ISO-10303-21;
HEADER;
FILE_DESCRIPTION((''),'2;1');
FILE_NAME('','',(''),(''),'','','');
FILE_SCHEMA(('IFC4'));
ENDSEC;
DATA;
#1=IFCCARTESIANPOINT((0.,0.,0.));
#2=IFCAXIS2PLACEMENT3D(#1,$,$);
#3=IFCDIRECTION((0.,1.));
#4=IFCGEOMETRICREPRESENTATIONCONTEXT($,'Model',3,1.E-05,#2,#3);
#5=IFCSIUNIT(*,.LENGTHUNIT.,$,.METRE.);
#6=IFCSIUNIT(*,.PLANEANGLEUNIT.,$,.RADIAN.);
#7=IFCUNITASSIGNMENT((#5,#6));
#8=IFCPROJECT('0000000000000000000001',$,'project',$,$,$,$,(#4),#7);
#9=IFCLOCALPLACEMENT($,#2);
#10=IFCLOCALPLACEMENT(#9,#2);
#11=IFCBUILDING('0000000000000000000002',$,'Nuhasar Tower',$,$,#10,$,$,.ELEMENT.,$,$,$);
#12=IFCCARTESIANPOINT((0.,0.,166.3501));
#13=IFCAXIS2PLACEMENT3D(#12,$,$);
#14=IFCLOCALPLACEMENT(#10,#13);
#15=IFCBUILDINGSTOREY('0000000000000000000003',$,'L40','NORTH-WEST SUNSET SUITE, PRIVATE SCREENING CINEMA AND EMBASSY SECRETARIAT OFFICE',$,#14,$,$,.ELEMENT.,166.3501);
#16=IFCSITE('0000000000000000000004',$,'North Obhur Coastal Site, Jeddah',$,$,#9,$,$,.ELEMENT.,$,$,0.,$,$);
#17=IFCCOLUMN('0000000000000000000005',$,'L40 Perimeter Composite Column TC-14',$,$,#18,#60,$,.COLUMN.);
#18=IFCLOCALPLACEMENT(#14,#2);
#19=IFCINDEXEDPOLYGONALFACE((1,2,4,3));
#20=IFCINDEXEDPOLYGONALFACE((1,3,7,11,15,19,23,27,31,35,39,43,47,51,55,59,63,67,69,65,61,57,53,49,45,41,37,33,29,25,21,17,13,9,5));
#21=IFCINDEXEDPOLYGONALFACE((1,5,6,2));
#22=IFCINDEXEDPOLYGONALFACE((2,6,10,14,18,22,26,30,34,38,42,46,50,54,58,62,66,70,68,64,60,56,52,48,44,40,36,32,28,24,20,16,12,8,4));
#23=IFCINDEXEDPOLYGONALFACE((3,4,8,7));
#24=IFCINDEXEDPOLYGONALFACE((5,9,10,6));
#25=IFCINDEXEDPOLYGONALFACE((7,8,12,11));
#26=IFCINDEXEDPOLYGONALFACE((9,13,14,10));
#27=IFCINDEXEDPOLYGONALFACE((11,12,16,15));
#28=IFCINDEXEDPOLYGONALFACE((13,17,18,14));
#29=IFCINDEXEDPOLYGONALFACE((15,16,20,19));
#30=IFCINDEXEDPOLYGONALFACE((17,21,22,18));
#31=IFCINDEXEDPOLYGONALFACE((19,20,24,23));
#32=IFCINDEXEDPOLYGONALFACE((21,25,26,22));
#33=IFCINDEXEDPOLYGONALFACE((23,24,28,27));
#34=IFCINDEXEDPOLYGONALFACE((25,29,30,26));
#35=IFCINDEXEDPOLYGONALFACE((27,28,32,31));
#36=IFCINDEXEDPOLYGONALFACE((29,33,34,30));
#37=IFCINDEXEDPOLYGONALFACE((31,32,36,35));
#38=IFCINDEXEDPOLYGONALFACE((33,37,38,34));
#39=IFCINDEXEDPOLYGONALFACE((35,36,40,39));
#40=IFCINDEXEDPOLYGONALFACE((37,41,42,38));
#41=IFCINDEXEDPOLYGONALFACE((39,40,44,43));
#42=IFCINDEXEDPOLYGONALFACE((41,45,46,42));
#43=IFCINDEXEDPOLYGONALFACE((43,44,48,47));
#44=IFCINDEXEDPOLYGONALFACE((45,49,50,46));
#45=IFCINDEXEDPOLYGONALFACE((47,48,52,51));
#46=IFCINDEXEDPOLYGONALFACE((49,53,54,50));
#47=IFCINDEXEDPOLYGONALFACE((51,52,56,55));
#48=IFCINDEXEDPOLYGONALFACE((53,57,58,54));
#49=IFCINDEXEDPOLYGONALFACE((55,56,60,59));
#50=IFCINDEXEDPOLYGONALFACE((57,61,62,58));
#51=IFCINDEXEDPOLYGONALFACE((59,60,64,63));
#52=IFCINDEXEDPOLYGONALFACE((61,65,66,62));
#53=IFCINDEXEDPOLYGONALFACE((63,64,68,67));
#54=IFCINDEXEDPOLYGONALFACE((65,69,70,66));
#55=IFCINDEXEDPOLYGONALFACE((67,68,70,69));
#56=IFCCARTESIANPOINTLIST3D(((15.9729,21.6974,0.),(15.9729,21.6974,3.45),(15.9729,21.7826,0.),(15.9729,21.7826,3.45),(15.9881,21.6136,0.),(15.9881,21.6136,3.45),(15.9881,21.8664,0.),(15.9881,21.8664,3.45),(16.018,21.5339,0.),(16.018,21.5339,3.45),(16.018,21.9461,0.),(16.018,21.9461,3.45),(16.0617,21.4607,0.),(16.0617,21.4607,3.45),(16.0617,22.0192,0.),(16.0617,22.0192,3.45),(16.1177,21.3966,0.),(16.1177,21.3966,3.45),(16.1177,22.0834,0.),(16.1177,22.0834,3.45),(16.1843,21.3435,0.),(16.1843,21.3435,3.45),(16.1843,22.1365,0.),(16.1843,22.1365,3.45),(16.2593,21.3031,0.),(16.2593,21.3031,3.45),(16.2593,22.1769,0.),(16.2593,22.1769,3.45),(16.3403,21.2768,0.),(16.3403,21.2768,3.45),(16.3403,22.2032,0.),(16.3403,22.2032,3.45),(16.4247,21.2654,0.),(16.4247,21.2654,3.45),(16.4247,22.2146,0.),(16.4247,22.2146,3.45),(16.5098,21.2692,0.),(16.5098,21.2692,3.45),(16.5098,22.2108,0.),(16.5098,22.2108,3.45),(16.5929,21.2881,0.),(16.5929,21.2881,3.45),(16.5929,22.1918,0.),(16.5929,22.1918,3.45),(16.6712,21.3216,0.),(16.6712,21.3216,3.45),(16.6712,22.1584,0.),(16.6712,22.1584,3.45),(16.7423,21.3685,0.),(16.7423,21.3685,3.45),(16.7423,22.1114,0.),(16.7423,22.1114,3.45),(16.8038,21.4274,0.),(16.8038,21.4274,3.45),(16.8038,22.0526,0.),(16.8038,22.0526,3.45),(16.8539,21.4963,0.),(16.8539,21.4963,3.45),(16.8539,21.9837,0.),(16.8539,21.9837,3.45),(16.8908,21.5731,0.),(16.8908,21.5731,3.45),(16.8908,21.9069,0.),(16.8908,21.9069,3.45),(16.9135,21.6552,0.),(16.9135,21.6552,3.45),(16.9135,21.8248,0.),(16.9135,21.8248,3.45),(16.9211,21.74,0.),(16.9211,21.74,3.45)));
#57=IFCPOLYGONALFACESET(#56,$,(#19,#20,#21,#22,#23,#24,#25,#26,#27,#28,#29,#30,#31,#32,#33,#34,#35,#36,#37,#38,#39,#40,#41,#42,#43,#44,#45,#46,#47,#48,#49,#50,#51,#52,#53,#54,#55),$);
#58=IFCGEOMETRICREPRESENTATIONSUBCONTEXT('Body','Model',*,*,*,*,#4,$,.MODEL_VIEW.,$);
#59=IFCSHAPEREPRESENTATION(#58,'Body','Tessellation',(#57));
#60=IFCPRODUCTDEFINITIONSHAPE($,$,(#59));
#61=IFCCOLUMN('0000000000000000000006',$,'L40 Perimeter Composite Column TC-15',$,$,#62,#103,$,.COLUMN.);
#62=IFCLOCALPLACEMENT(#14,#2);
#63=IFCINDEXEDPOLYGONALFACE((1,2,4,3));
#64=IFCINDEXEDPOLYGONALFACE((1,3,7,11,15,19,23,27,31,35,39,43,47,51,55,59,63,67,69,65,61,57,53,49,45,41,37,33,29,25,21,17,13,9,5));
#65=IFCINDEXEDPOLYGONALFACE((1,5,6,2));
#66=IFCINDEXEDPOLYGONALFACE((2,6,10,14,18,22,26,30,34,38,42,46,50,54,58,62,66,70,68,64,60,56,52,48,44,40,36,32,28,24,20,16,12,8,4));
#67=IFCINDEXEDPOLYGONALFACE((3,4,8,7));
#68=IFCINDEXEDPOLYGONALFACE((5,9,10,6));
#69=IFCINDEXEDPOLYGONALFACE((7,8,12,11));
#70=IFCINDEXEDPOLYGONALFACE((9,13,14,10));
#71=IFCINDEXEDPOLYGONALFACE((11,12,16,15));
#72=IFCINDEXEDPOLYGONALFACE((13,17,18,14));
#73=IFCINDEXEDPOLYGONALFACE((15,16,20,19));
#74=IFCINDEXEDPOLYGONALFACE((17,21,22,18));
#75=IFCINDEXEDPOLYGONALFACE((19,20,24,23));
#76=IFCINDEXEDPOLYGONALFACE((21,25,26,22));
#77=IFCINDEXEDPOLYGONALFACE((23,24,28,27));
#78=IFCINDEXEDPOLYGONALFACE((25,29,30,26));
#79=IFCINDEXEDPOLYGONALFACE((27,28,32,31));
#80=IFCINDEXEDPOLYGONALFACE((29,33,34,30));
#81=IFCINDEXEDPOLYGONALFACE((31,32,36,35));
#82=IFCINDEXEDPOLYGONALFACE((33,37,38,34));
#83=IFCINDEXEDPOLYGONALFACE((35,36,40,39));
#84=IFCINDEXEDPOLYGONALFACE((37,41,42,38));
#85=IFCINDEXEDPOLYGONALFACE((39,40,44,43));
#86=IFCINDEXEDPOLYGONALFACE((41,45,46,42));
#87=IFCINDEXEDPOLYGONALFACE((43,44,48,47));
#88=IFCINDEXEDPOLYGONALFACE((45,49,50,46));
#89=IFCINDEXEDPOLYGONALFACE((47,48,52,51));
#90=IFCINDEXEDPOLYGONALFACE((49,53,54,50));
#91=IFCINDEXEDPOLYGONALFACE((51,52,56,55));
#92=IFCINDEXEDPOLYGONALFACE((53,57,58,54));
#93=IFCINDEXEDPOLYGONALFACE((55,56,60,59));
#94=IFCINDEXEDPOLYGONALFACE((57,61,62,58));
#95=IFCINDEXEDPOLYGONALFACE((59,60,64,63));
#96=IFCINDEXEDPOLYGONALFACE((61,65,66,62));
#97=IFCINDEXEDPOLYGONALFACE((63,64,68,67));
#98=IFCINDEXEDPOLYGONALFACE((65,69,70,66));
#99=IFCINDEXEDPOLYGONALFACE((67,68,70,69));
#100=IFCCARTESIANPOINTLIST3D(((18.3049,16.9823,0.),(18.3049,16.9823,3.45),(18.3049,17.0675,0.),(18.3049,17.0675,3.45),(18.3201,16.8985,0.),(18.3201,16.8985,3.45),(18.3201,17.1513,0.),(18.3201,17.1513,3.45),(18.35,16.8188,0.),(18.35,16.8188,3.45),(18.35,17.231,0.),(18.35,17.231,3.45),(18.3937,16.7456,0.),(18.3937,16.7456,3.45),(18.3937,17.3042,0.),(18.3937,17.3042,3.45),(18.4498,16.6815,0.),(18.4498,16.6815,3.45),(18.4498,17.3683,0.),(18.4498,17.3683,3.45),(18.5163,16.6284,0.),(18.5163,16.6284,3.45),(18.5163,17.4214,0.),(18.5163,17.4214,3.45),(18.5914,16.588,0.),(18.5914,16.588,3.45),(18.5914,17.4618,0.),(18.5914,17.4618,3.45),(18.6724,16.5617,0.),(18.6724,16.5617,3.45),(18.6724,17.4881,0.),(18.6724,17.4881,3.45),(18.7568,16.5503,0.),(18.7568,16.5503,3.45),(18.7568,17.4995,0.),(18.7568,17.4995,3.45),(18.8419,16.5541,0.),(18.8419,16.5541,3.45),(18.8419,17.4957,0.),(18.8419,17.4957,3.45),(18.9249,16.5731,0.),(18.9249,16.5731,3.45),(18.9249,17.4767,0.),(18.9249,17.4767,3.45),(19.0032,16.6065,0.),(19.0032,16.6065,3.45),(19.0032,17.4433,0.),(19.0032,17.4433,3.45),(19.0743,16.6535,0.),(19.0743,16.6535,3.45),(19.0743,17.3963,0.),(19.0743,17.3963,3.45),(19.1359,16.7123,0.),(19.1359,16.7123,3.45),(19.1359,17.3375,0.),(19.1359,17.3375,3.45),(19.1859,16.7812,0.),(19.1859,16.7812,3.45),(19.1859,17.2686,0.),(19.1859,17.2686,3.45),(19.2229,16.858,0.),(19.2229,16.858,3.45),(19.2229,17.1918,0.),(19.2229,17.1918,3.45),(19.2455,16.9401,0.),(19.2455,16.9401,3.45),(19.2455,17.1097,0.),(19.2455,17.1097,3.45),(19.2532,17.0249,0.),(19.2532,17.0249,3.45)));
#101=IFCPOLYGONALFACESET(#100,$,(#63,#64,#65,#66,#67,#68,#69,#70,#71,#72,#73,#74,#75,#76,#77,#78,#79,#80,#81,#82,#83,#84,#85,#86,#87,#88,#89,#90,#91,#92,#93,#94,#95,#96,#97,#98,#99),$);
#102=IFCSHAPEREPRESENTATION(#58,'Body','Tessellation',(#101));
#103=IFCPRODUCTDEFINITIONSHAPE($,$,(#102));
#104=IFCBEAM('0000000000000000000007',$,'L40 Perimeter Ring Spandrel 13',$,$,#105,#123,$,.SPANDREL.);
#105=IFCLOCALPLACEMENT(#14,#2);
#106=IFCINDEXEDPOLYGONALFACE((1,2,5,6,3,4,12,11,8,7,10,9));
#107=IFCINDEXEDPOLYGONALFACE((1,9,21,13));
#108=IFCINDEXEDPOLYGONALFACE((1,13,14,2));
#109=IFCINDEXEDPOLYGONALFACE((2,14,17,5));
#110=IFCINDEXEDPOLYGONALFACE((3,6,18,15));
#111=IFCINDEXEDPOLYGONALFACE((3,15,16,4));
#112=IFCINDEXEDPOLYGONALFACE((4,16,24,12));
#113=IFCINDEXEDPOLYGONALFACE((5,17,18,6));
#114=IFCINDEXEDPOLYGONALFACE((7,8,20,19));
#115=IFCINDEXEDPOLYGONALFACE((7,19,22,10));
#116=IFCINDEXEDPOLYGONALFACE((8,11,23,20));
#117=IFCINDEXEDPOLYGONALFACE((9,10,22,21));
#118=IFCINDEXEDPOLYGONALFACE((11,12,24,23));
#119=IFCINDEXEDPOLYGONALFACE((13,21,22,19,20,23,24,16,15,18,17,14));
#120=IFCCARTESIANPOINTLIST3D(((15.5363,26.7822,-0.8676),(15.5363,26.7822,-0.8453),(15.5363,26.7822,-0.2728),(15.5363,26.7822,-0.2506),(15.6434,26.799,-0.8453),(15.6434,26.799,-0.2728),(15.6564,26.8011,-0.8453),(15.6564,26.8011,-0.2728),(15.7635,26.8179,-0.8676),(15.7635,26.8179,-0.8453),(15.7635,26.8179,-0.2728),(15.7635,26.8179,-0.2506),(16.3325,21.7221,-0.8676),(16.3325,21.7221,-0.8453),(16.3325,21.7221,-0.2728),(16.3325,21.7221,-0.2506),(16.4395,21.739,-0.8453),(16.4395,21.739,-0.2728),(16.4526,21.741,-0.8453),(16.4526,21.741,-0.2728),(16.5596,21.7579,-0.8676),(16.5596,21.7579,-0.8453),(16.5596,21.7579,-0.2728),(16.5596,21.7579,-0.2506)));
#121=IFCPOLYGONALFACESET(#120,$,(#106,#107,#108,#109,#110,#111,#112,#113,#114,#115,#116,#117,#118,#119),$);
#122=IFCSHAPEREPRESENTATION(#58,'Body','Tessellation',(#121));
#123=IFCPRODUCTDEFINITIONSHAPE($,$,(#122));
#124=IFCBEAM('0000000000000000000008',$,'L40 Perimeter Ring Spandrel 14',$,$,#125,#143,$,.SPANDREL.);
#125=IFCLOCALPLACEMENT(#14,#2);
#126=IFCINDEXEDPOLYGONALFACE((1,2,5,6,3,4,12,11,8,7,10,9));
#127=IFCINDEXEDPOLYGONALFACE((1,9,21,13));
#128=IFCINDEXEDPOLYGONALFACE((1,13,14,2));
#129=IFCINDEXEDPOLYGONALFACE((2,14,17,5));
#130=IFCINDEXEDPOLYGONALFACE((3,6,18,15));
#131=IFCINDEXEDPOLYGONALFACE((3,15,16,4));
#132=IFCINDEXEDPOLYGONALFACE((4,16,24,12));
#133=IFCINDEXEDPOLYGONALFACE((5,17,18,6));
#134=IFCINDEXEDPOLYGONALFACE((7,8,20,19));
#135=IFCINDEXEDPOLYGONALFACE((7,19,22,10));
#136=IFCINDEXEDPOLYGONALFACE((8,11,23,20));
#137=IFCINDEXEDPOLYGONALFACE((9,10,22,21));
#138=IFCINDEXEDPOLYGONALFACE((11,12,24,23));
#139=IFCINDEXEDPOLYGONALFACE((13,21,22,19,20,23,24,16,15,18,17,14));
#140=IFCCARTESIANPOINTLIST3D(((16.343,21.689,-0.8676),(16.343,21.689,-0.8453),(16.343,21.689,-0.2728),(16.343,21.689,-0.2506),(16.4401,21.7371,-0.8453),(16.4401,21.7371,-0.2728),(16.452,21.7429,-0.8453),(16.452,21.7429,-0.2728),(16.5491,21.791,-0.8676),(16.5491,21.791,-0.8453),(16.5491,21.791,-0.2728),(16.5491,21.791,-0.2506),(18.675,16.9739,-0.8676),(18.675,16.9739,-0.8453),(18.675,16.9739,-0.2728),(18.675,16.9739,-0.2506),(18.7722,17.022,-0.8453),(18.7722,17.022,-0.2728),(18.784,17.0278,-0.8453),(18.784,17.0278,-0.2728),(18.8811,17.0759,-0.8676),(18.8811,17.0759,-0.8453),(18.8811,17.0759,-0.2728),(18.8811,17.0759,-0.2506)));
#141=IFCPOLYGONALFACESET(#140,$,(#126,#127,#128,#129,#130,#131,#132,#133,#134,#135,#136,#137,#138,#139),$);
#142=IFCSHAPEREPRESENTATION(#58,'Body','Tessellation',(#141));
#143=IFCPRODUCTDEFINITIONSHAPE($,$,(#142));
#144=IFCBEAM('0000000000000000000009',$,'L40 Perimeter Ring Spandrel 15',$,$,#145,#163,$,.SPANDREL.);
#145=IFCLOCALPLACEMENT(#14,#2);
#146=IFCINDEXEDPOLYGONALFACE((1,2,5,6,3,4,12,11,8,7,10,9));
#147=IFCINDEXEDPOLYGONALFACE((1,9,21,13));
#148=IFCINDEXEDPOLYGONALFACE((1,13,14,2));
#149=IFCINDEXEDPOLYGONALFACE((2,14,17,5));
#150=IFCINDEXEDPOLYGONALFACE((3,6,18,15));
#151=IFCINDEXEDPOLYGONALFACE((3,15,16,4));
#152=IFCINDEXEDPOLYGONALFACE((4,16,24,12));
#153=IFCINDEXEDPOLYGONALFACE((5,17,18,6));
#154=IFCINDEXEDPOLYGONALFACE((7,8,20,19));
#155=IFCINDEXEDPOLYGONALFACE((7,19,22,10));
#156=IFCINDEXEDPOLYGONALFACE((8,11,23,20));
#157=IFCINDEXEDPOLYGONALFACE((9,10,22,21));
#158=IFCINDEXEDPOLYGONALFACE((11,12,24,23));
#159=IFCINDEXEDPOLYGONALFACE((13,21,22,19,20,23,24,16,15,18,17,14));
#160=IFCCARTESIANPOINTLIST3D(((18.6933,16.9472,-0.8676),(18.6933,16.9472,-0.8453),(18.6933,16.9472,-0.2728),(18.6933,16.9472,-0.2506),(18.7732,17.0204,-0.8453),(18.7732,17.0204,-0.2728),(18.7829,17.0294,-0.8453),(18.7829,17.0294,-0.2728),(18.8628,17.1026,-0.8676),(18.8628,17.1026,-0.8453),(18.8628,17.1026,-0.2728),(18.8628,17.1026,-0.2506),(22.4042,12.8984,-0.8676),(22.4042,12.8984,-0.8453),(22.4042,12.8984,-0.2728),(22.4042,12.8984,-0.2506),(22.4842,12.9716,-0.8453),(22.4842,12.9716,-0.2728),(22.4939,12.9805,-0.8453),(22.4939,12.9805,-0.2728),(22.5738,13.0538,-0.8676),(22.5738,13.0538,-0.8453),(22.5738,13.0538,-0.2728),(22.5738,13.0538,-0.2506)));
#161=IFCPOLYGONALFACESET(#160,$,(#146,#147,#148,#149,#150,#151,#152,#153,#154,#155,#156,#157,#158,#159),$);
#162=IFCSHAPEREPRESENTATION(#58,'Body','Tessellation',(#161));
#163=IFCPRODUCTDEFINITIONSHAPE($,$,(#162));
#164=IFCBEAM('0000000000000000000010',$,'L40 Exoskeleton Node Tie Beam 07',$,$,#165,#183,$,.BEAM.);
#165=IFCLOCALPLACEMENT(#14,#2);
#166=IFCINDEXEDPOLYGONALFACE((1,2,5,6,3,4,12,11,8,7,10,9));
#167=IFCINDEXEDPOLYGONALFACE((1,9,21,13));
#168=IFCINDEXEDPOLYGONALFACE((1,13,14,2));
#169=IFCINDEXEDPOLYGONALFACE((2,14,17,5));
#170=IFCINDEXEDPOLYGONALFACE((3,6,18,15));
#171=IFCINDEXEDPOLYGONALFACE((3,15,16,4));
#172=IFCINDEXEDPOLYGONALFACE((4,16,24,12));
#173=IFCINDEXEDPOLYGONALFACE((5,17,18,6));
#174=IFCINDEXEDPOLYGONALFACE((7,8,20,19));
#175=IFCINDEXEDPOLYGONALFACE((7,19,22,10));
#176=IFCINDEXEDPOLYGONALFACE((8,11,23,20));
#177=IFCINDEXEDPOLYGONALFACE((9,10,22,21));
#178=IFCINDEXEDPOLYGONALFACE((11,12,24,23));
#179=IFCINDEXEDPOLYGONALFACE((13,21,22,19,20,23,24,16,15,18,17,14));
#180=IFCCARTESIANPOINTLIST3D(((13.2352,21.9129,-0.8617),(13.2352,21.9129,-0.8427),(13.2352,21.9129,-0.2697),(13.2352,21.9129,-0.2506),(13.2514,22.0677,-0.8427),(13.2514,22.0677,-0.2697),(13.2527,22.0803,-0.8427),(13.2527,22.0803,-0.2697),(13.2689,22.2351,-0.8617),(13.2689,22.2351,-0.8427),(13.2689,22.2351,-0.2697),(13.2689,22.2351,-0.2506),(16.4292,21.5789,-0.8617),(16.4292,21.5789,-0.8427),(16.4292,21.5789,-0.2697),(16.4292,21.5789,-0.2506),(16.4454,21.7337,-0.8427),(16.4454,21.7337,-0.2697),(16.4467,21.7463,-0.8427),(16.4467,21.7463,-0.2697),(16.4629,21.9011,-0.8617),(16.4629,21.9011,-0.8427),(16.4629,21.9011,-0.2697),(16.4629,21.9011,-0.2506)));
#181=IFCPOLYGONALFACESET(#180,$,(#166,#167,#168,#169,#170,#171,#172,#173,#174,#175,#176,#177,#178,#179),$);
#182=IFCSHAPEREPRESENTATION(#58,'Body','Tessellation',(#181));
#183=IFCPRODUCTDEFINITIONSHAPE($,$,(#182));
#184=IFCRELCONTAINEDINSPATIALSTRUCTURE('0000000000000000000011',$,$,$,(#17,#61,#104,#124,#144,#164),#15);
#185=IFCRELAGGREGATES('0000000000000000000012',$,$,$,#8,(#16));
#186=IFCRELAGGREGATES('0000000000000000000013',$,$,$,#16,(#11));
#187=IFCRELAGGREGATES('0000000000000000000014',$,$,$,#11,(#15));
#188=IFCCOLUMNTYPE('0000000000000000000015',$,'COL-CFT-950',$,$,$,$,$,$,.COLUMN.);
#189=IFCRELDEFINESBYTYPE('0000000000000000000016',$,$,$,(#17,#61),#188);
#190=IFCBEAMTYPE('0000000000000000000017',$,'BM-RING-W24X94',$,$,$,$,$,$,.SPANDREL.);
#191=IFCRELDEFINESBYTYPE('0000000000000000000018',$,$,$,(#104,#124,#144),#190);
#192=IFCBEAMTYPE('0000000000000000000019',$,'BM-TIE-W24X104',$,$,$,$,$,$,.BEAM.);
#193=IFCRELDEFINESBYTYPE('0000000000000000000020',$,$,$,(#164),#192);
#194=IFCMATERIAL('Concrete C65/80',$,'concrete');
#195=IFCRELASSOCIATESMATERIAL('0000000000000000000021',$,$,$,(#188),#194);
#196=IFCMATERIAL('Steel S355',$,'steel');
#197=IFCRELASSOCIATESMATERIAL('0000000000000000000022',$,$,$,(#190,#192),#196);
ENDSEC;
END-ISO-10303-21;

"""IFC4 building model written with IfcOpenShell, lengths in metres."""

from ifc_helpers import new_model, si_unit, direction, frame, origin, origin_2d, place, context, subcontext, project, spatial, circle, i_section, extrude, material, material_profile, profile_set, type_object, element, save


model = new_model("IFC4")

# Units and contexts
model_context = context("Model", 3, precision=1e-05, world=origin(), true_north=direction((0.0, 1.0)))
body_context = subcontext(model_context, "Body", "Model", "MODEL_VIEW")
ifc_project = project(units=[si_unit("LENGTHUNIT", "METRE"), si_unit("PLANEANGLEUNIT", "RADIAN")], contexts=[model_context])

# Site, building, storey
site_placement = place(None, origin())
site = spatial("IfcSite", under=ifc_project, at=site_placement, Name="North Obhur Coastal Site, Jeddah", CompositionType="ELEMENT", RefElevation=0.0)
building_placement = place(site_placement, origin())
building = spatial("IfcBuilding", under=site, at=building_placement, Name="Nuhasar Tower", CompositionType="ELEMENT")
storey_placement = place(building_placement, frame((0.0, 0.0, 166.3501)))
storey = spatial("IfcBuildingStorey", under=building, at=storey_placement, Name="L40", Description="NORTH-WEST SUNSET SUITE, PRIVATE SCREENING CINEMA AND EMBASSY SECRETARIAT OFFICE", CompositionType="ELEMENT", Elevation=166.3501)

# Columns
ifc_material_1 = material(Name="Concrete C65/80", Category="concrete")
ifc_material_profile_1 = material_profile(ifc_material_1, circle(Radius=0.4751, at=origin_2d()), Name="CFT950")
ifc_profile_set_1 = profile_set([ifc_material_profile_1], Name="Concrete C65/80")
column_type = type_object("IfcColumnType", Name="COL-CFT-950", PredefinedType="COLUMN", material=ifc_profile_set_1)
for number, where, z_axis, x_axis, name in (
    (1, (16.446, 21.74, 0.0), (0.0, 0.0, 1.0), (1.0, 0.0, 0.0), "L40 Perimeter Composite Column TC-14"),
    (2, (18.7781, 17.0249, 0.0), (0.0, 0.0, 1.0), (1.0, 0.0, 0.0), "L40 Perimeter Composite Column TC-15"),
):
    element("IfcColumn", number, at=place(storey_placement, frame(where, z_axis=z_axis, x_axis=x_axis)), inside=storey, type_object=column_type, Name=name, PredefinedType="COLUMN", context=body_context, shape_type="SweptSolid", body=[
        extrude(circle(Radius=0.4751, at=origin_2d()), origin(), (0.0, 0.0, 1.0), 3.45),
    ])

# Beams
ifc_material_2 = material(Name="Steel S355", Category="steel")
ifc_material_profile_2 = material_profile(ifc_material_2, i_section(OverallWidth=0.23, OverallDepth=0.6169, WebThickness=0.0132, FlangeThickness=0.0222, at=origin_2d()), Name="W24X94")
ifc_profile_set_2 = profile_set([ifc_material_profile_2], Name="Steel S355")
beam_type_1 = type_object("IfcBeamType", Name="BM-RING-W24X94", PredefinedType="SPANDREL", material=ifc_profile_set_2)
beam_1_placement = place(storey_placement, frame((15.6499, 26.8, -0.5591), z_axis=(0.155427, -0.987847, 0.0), x_axis=(0.987847, 0.155427, 0.0)))
element("IfcBeam", 3, at=beam_1_placement, inside=storey, type_object=beam_type_1, Name="L40 Perimeter Ring Spandrel 13", PredefinedType="SPANDREL", context=body_context, shape_type="SweptSolid", body=[
    extrude(i_section(OverallWidth=0.23, OverallDepth=0.6169, WebThickness=0.0132, FlangeThickness=0.0222, at=origin_2d()), origin(), (0.0, 0.0, 1.0), 5.1223),
])
beam_2_placement = place(storey_placement, frame((16.446, 21.74, -0.5591), z_axis=(0.443329, -0.896359, 0.0), x_axis=(0.896359, 0.443329, 0.0)))
element("IfcBeam", 4, at=beam_2_placement, inside=storey, type_object=beam_type_1, Name="L40 Perimeter Ring Spandrel 14", PredefinedType="SPANDREL", context=body_context, shape_type="SweptSolid", body=[
    extrude(i_section(OverallWidth=0.23, OverallDepth=0.6169, WebThickness=0.0132, FlangeThickness=0.0222, at=origin_2d()), origin(), (0.0, 0.0, 1.0), 5.2603),
])
beam_3_placement = place(storey_placement, frame((18.7781, 17.0249, -0.5591), z_axis=(0.675676, -0.737198, 0.0), x_axis=(0.737198, 0.675676, 0.0)))
element("IfcBeam", 5, at=beam_3_placement, inside=storey, type_object=beam_type_1, Name="L40 Perimeter Ring Spandrel 15", PredefinedType="SPANDREL", context=body_context, shape_type="SweptSolid", body=[
    extrude(i_section(OverallWidth=0.23, OverallDepth=0.6169, WebThickness=0.0132, FlangeThickness=0.0222, at=origin_2d()), origin(), (0.0, 0.0, 1.0), 5.4922),
])
ifc_material_profile_3 = material_profile(ifc_material_2, i_section(OverallWidth=0.324, OverallDepth=0.6111, WebThickness=0.0127, FlangeThickness=0.019, at=origin_2d()), Name="W24X104")
ifc_profile_set_3 = profile_set([ifc_material_profile_3], Name="Steel S355")
beam_type_2 = type_object("IfcBeamType", Name="BM-TIE-W24X104", PredefinedType="BEAM", material=ifc_profile_set_3)
beam_4_placement = place(storey_placement, frame((16.446, 21.74, -0.5562), z_axis=(-0.994578, 0.103996, 0.0), x_axis=(-0.103996, -0.994578, 0.0)))
element("IfcBeam", 6, at=beam_4_placement, inside=storey, type_object=beam_type_2, Name="L40 Exoskeleton Node Tie Beam 07", PredefinedType="BEAM", context=body_context, shape_type="SweptSolid", body=[
    extrude(i_section(OverallWidth=0.324, OverallDepth=0.6111, WebThickness=0.0127, FlangeThickness=0.019, at=origin_2d()), origin(), (0.0, 0.0, 1.0), 3.2114),
])

save(model, "model.ifc")
